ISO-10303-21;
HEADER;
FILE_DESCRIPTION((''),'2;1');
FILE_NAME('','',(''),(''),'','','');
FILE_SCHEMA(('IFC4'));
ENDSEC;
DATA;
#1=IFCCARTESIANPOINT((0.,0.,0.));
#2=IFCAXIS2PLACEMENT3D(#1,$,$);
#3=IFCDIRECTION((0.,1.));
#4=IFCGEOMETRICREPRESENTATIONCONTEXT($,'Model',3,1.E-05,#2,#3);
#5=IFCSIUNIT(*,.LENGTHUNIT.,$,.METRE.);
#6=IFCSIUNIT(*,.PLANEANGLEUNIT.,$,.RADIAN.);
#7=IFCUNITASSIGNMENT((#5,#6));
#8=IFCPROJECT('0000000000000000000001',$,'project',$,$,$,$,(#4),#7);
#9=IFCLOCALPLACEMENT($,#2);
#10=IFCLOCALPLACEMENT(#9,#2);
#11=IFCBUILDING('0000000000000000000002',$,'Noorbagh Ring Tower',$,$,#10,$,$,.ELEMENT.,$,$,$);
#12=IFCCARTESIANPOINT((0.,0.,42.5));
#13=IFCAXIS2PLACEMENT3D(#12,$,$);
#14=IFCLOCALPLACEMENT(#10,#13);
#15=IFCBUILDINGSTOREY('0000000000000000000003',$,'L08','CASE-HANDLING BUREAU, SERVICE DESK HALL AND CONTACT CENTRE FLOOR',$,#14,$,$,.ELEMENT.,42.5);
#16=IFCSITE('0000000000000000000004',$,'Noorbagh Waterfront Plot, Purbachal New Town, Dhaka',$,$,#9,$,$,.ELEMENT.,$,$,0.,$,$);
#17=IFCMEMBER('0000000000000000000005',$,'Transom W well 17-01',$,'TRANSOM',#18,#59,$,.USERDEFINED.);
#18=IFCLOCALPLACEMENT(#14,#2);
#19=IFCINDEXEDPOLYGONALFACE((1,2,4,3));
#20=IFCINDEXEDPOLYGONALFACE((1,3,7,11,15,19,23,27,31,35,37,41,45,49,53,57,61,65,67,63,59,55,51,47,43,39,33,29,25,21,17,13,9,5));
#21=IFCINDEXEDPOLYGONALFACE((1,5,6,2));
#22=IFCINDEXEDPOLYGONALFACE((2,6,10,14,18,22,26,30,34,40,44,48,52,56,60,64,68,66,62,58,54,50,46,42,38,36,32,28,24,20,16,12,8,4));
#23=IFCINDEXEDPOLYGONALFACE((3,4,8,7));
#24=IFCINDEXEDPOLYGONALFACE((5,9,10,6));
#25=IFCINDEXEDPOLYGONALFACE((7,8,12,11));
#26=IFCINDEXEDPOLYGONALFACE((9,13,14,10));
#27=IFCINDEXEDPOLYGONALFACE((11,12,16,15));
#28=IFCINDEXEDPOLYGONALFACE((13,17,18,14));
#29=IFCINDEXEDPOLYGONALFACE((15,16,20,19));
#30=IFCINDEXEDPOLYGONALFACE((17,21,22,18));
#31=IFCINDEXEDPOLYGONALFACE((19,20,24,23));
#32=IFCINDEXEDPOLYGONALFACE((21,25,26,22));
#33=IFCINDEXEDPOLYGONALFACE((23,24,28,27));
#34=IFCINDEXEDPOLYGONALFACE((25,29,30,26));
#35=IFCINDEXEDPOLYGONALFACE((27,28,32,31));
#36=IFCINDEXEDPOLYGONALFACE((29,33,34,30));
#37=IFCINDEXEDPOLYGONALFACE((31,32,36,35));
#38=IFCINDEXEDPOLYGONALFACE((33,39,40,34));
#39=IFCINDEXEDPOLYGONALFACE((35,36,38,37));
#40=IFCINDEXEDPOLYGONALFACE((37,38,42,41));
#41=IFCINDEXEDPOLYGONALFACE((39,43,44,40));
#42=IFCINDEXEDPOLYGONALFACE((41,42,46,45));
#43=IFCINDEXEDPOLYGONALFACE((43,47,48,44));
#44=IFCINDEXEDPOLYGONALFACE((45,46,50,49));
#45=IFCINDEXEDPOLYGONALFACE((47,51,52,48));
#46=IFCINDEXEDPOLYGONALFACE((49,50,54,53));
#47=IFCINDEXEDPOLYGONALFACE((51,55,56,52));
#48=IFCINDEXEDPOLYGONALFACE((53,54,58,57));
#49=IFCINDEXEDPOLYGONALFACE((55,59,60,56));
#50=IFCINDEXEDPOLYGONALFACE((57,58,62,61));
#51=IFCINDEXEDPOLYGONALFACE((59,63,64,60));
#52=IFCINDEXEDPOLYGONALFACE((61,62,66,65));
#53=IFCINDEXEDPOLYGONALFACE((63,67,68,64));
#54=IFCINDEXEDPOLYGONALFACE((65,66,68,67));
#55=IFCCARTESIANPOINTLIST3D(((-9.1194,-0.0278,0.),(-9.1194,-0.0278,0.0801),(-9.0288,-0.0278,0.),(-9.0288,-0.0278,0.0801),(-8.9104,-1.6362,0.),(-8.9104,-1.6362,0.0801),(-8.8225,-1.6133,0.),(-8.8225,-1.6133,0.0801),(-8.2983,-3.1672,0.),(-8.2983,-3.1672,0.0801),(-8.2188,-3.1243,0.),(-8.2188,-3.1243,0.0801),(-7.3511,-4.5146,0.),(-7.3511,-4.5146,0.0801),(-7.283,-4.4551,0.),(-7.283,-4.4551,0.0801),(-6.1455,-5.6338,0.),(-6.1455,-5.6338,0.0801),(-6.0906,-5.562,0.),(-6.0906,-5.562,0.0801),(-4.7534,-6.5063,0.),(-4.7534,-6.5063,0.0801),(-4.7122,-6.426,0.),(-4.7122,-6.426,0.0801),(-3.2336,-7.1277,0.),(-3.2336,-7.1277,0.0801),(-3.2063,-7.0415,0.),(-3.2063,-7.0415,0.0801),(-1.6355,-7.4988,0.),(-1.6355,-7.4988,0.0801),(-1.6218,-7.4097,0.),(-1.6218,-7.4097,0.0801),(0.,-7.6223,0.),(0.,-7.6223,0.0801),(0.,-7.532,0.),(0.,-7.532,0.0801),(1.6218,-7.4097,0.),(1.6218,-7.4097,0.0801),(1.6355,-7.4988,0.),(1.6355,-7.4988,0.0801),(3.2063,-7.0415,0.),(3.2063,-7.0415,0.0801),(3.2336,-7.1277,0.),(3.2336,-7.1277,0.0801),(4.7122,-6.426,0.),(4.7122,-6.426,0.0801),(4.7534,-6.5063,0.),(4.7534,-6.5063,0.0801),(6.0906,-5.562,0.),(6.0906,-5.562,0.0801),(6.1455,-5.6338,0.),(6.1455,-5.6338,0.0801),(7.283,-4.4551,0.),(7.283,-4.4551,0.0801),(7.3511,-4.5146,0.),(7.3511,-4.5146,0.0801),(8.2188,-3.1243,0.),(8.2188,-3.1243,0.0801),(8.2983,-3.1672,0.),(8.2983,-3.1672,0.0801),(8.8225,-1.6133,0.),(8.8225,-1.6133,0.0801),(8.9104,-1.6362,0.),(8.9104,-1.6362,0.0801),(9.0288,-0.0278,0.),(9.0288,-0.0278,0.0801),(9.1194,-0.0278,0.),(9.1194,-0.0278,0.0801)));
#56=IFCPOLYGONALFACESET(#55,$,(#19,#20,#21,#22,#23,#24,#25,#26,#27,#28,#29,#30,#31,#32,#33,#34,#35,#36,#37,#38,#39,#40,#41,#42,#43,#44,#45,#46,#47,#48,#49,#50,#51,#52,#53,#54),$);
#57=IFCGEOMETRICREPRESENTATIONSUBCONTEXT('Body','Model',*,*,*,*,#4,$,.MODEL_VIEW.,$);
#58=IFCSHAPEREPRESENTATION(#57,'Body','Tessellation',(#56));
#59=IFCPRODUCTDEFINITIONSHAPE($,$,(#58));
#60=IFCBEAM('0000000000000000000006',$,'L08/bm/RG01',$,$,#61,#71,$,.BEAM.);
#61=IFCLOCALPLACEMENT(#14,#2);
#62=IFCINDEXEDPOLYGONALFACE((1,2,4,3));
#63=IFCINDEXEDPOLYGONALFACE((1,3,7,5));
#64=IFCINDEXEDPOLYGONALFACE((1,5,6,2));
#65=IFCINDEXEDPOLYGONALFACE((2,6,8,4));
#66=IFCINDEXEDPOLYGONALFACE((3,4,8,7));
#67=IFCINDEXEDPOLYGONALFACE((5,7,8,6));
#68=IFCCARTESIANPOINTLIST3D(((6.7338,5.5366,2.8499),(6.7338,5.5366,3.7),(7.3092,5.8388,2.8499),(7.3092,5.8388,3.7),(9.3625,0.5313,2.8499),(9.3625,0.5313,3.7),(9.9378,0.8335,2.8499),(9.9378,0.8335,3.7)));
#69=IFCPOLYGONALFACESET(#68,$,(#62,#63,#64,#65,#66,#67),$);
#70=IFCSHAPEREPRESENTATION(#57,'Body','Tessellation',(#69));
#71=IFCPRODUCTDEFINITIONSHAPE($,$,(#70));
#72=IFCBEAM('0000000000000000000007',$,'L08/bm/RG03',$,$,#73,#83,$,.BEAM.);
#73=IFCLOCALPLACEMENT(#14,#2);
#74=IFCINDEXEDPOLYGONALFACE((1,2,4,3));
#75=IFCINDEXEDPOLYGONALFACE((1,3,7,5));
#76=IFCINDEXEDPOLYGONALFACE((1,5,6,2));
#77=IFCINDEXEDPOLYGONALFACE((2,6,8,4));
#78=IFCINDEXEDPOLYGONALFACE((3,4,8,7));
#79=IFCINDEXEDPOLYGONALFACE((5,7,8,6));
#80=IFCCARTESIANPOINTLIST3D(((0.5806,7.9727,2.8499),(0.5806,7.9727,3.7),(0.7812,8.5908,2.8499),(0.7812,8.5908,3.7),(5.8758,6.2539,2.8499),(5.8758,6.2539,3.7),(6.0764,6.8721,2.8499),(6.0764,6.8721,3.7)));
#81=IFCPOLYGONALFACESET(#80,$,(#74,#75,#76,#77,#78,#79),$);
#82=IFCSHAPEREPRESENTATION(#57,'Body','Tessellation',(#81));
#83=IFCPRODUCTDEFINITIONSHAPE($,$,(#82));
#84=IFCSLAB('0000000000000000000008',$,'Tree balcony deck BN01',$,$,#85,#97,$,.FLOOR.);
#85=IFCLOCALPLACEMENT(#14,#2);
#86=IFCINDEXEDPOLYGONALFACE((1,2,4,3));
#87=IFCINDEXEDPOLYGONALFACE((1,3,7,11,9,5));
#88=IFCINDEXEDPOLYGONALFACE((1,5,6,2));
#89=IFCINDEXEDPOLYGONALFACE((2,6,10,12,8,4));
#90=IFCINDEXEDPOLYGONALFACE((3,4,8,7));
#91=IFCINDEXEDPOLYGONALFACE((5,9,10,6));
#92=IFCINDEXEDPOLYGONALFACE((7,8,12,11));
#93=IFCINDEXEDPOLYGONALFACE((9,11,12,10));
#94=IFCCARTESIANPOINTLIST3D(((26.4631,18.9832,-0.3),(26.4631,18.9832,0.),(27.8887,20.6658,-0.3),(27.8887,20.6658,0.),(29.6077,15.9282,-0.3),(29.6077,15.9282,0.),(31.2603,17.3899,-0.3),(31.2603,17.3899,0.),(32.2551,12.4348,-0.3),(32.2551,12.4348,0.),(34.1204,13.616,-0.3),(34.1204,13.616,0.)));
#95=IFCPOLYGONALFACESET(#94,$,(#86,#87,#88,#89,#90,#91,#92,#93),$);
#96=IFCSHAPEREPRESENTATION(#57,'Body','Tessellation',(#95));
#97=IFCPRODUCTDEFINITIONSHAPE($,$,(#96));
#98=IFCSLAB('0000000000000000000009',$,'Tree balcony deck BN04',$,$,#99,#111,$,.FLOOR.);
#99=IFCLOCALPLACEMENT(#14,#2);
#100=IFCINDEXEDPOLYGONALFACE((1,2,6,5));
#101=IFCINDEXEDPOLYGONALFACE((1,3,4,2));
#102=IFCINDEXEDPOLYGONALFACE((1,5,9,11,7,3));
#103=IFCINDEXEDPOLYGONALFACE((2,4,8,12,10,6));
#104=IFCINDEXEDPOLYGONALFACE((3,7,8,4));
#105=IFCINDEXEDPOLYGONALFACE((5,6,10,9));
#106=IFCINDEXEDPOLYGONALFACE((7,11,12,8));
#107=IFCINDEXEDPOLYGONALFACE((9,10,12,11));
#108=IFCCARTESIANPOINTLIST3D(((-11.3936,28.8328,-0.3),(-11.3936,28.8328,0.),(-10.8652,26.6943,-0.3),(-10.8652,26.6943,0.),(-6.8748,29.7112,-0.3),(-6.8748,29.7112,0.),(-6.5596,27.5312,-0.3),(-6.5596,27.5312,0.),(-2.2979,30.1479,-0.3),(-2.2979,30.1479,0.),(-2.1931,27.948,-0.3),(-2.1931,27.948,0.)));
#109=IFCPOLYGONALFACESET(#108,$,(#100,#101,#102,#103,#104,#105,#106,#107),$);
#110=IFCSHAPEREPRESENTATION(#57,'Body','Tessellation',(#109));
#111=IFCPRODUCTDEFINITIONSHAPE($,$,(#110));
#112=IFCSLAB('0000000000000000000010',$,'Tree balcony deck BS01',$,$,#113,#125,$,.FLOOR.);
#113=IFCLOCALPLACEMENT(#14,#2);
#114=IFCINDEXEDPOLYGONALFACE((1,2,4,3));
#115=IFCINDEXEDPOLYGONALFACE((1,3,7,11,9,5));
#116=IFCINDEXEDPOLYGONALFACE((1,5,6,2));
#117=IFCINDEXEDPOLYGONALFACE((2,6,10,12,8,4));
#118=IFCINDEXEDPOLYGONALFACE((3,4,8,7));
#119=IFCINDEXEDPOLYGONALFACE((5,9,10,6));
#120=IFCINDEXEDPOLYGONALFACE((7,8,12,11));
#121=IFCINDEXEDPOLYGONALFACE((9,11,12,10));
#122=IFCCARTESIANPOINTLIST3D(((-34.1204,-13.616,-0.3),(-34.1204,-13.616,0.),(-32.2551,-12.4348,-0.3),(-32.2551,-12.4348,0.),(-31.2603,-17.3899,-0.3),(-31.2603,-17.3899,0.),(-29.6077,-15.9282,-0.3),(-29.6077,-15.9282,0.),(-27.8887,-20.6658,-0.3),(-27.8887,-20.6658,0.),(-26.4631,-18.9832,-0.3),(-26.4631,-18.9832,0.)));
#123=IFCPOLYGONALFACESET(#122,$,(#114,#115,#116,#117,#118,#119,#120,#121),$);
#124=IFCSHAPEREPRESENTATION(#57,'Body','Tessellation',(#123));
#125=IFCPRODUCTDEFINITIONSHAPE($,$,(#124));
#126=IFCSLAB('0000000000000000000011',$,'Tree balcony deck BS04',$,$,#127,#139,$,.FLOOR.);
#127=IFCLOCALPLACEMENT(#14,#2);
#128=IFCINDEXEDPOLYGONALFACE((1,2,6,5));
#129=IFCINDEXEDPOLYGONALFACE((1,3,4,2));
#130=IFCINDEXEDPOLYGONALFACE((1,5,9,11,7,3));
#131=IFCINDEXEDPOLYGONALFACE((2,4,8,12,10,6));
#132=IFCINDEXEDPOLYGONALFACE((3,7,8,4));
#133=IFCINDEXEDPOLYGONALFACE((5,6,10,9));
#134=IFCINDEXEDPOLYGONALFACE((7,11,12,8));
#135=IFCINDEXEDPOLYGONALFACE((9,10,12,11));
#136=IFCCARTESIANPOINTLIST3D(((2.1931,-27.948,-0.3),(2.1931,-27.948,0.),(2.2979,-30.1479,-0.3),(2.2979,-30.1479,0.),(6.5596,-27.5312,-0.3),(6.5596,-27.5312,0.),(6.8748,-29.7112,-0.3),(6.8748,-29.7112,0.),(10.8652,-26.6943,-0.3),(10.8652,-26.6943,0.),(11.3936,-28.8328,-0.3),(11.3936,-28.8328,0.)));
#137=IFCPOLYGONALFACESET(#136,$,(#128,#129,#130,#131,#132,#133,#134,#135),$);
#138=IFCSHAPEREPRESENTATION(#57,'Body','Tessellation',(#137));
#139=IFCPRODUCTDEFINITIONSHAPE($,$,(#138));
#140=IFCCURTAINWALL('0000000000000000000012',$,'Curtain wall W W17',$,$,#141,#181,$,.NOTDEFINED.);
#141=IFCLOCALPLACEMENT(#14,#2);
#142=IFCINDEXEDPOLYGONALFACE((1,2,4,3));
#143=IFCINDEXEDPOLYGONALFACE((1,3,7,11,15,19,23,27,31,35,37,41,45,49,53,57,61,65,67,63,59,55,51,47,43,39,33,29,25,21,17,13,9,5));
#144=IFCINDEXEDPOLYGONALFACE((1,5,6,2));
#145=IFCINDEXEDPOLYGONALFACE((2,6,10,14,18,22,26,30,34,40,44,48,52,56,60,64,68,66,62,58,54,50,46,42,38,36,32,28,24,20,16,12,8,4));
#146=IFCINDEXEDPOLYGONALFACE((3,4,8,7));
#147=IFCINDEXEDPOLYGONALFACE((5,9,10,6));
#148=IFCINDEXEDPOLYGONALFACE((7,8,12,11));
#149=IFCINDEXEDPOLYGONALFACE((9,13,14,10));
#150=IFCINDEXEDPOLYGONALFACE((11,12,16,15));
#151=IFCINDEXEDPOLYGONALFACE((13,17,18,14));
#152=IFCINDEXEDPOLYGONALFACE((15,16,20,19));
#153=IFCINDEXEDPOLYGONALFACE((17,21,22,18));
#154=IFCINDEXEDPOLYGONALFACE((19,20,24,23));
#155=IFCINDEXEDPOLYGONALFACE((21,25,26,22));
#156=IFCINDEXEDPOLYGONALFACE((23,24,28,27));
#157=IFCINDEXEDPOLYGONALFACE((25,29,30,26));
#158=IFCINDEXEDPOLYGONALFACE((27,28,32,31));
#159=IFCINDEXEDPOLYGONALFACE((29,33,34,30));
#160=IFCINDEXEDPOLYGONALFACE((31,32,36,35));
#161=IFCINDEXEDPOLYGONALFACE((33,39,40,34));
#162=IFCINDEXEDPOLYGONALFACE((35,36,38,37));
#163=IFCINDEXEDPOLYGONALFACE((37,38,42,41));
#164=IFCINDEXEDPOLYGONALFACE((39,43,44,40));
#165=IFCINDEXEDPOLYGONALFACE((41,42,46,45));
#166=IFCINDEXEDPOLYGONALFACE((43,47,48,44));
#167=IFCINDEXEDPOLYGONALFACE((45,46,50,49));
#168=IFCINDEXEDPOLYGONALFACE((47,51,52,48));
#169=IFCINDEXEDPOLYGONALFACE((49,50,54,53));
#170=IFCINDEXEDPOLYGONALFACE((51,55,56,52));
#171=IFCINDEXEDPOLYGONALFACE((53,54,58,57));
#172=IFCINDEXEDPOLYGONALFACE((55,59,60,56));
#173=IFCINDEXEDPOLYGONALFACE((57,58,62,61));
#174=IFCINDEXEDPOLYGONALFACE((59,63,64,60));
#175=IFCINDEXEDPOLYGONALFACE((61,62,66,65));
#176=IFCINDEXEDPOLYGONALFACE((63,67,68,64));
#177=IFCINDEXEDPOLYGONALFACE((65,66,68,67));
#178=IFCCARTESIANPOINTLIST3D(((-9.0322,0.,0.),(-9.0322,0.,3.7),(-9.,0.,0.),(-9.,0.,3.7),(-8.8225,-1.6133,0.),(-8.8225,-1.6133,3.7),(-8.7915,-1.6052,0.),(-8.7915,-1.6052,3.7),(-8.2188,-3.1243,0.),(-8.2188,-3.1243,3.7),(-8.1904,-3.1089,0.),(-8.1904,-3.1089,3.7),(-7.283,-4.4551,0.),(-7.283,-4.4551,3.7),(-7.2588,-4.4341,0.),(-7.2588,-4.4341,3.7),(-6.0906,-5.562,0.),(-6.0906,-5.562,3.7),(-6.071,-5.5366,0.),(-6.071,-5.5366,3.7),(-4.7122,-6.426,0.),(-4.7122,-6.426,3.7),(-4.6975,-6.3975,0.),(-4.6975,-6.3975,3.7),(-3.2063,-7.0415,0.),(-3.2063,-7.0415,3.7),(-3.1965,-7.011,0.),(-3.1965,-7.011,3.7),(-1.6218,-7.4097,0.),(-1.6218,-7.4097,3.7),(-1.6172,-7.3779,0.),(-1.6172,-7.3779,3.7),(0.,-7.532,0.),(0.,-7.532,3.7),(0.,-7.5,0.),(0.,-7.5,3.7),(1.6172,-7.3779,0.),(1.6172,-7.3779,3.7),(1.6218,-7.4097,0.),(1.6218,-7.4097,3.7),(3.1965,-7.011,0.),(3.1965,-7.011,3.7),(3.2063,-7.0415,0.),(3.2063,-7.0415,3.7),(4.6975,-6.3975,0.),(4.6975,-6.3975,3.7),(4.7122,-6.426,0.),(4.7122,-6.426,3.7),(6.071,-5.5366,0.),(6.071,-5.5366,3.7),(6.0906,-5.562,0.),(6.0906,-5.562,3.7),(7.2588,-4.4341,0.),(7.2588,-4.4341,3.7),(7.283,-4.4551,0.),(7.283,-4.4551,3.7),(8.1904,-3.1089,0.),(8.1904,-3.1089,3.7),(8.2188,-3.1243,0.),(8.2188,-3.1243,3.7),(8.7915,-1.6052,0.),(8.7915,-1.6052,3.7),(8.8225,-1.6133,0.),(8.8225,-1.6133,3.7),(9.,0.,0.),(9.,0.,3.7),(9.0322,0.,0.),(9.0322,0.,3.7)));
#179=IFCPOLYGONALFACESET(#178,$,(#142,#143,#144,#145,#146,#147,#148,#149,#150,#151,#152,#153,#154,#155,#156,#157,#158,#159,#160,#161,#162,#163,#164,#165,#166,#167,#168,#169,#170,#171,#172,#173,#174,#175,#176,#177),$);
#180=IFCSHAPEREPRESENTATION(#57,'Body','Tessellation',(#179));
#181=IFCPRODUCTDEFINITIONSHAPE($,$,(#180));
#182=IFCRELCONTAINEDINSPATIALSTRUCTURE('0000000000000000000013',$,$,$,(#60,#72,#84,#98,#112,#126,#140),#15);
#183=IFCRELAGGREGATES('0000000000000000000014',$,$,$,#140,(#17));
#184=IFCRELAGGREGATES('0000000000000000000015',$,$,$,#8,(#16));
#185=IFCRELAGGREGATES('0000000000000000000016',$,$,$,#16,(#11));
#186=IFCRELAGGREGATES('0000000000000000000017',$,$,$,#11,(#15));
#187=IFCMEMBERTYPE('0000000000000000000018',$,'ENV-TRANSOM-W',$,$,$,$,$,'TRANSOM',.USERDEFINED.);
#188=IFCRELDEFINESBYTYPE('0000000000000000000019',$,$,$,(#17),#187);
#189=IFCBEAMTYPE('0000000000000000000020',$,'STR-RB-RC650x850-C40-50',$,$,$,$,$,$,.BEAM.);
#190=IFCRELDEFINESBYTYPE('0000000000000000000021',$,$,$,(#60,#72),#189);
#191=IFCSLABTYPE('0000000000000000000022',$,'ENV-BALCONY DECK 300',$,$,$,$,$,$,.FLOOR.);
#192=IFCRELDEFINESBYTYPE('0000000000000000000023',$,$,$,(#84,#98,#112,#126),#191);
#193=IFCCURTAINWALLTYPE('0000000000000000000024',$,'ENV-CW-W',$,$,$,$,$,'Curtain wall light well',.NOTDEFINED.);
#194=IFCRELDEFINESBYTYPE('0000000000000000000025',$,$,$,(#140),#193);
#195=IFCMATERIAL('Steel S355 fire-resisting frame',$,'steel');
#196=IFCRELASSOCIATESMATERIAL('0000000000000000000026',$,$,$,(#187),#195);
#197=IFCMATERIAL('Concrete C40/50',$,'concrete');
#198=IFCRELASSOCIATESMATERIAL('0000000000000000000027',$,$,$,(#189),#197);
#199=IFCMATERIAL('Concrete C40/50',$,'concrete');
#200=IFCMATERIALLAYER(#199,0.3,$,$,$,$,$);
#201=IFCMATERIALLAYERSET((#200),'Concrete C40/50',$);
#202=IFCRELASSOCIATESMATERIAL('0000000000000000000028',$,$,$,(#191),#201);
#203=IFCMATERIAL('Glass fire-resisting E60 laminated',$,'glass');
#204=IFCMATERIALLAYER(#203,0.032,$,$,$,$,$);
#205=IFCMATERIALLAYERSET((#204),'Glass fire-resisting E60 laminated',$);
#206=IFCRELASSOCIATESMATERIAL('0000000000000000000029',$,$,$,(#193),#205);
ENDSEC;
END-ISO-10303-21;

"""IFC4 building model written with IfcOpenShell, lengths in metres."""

from ifc_helpers import new_model, si_unit, direction, frame, origin, origin_2d, place, context, subcontext, project, spatial, polyline, rectangle, outline, extrude, material, layer, layer_set, material_profile, profile_set, type_object, element, aggregate, save


model = new_model("IFC4")

# Units and contexts
model_context = context("Model", 3, precision=1e-05, world=origin(), true_north=direction((0.0, 1.0)))
body_context = subcontext(model_context, "Body", "Model", "MODEL_VIEW")
ifc_project = project(units=[si_unit("LENGTHUNIT", "METRE"), si_unit("PLANEANGLEUNIT", "RADIAN")], contexts=[model_context])

# Site, building, storey
site_placement = place(None, origin())
site = spatial("IfcSite", under=ifc_project, at=site_placement, Name="Noorbagh Waterfront Plot, Purbachal New Town, Dhaka", CompositionType="ELEMENT", RefElevation=0.0)
building_placement = place(site_placement, origin())
building = spatial("IfcBuilding", under=site, at=building_placement, Name="Noorbagh Ring Tower", CompositionType="ELEMENT")
storey_placement = place(building_placement, frame((0.0, 0.0, 42.5)))
storey = spatial("IfcBuildingStorey", under=building, at=storey_placement, Name="L08", Description="CASE-HANDLING BUREAU, SERVICE DESK HALL AND CONTACT CENTRE FLOOR", CompositionType="ELEMENT", Elevation=42.5)

# Member
ifc_material_1 = material(Name="Steel S355 fire-resisting frame", Category="steel")
member_type_1 = type_object("IfcMemberType", Name="ENV-TRANSOM-W", ElementType="TRANSOM", PredefinedType="USERDEFINED", material=ifc_material_1)
member_1_placement = place(storey_placement, origin())
member_1 = element("IfcMember", 1, at=member_1_placement, type_object=member_type_1, Name="Transom W well 17-01", ObjectType="TRANSOM", PredefinedType="USERDEFINED", context=body_context, shape_type="SweptSolid", body=[
    extrude(outline(polyline([(-9.1194, -0.0278), (-8.9104, -1.6362), (-8.2983, -3.1672), (-7.3511, -4.5146), (-6.1455, -5.6338), (-4.7534, -6.5063), (-3.2336, -7.1277), (-1.6355, -7.4988), (0.0, -7.6223), (1.6355, -7.4988), (3.2336, -7.1277), (4.7534, -6.5063), (6.1455, -5.6338), (7.3511, -4.5146), (8.2983, -3.1672), (8.9104, -1.6362), (9.1194, -0.0278), (9.0288, -0.0278), (8.8225, -1.6133), (8.2188, -3.1243), (7.283, -4.4551), (6.0906, -5.562), (4.7122, -6.426), (3.2063, -7.0415), (1.6218, -7.4097), (0.0, -7.532), (-1.6218, -7.4097), (-3.2063, -7.0415), (-4.7122, -6.426), (-6.0906, -5.562), (-7.283, -4.4551), (-8.2188, -3.1243), (-8.8225, -1.6133), (-9.0288, -0.0278), (-9.1194, -0.0278)])), origin(), (0.0, 0.0, 1.0), 0.0801),
])

# Beams
ifc_material_2 = material(Name="Concrete C40/50", Category="concrete")
ifc_material_profile_1 = material_profile(ifc_material_2, rectangle(XDim=0.6499, YDim=0.8501, at=origin_2d()), Name="RC650x850")
ifc_profile_set_1 = profile_set([ifc_material_profile_1], Name="Concrete C40/50")
beam_type = type_object("IfcBeamType", Name="STR-RB-RC650x850-C40-50", PredefinedType="BEAM", material=ifc_profile_set_1)
beam_1_placement = place(storey_placement, frame((9.6501, 0.6824, 3.2749), z_axis=(-0.464951, 0.885337, 0.0), x_axis=(-0.885337, -0.464951, 0.0)))
element("IfcBeam", 2, at=beam_1_placement, inside=storey, type_object=beam_type, Name="L08/bm/RG01", PredefinedType="BEAM", context=body_context, shape_type="SweptSolid", body=[
    extrude(rectangle(XDim=0.6499, YDim=0.8501, at=origin_2d()), origin(), (0.0, 0.0, 1.0), 5.6536),
])
beam_2_placement = place(storey_placement, frame((5.9761, 6.563, 3.2749), z_axis=(-0.951149, 0.308732, 0.0), x_axis=(-0.308732, -0.951149, 0.0)))
element("IfcBeam", 3, at=beam_2_placement, inside=storey, type_object=beam_type, Name="L08/bm/RG03", PredefinedType="BEAM", context=body_context, shape_type="SweptSolid", body=[
    extrude(rectangle(XDim=0.6499, YDim=0.8501, at=origin_2d()), origin(), (0.0, 0.0, 1.0), 5.5671),
])

# Slabs
ifc_material_3 = material(Name="Concrete C40/50", Category="concrete")
ifc_layer_1 = layer(ifc_material_3, 0.3)
ifc_layer_set_1 = layer_set([ifc_layer_1], Name="Concrete C40/50")
slab_type = type_object("IfcSlabType", Name="ENV-BALCONY DECK 300", PredefinedType="FLOOR", material=ifc_layer_set_1)
slab_1_placement = place(storey_placement, frame((0.0, 0.0, -0.3)))
element("IfcSlab", 4, at=slab_1_placement, inside=storey, type_object=slab_type, Name="Tree balcony deck BN01", PredefinedType="FLOOR", context=body_context, shape_type="SweptSolid", body=[
    extrude(outline(polyline([(34.1204, 13.616), (31.2603, 17.3899), (27.8887, 20.6658), (26.4631, 18.9832), (29.6077, 15.9282), (32.2551, 12.4348), (34.1204, 13.616)])), origin(), (0.0, 0.0, 1.0), 0.3),
])
slab_2_placement = place(storey_placement, frame((0.0, 0.0, -0.3)))
element("IfcSlab", 5, at=slab_2_placement, inside=storey, type_object=slab_type, Name="Tree balcony deck BN04", PredefinedType="FLOOR", context=body_context, shape_type="SweptSolid", body=[
    extrude(outline(polyline([(-2.2979, 30.1479), (-6.8748, 29.7112), (-11.3936, 28.8328), (-10.8652, 26.6943), (-6.5596, 27.5312), (-2.1931, 27.948), (-2.2979, 30.1479)])), origin(), (0.0, 0.0, 1.0), 0.3),
])
slab_3_placement = place(storey_placement, frame((0.0, 0.0, -0.3)))
element("IfcSlab", 6, at=slab_3_placement, inside=storey, type_object=slab_type, Name="Tree balcony deck BS01", PredefinedType="FLOOR", context=body_context, shape_type="SweptSolid", body=[
    extrude(outline(polyline([(-34.1204, -13.616), (-31.2603, -17.3899), (-27.8887, -20.6658), (-26.4631, -18.9832), (-29.6077, -15.9282), (-32.2551, -12.4348), (-34.1204, -13.616)])), origin(), (0.0, 0.0, 1.0), 0.3),
])
slab_4_placement = place(storey_placement, frame((0.0, 0.0, -0.3)))
element("IfcSlab", 7, at=slab_4_placement, inside=storey, type_object=slab_type, Name="Tree balcony deck BS04", PredefinedType="FLOOR", context=body_context, shape_type="SweptSolid", body=[
    extrude(outline(polyline([(2.2979, -30.1479), (6.8748, -29.7112), (11.3936, -28.8328), (10.8652, -26.6943), (6.5596, -27.5312), (2.1931, -27.948), (2.2979, -30.1479)])), origin(), (0.0, 0.0, 1.0), 0.3),
])

# Curtain wall
ifc_material_4 = material(Name="Glass fire-resisting E60 laminated", Category="glass")
ifc_layer_2 = layer(ifc_material_4, 0.032)
ifc_layer_set_2 = layer_set([ifc_layer_2], Name="Glass fire-resisting E60 laminated")
curtain_wall_type = type_object("IfcCurtainWallType", Name="ENV-CW-W", ElementType="Curtain wall light well", PredefinedType="NOTDEFINED", material=ifc_layer_set_2)
curtain_wall_1_placement = place(storey_placement, origin())
curtain_wall_1 = element("IfcCurtainWall", 8, at=curtain_wall_1_placement, inside=storey, type_object=curtain_wall_type, Name="Curtain wall W W17", PredefinedType="NOTDEFINED", context=body_context, shape_type="SweptSolid", body=[
    extrude(outline(polyline([(-9.0322, 0.0), (-8.8225, -1.6133), (-8.2188, -3.1243), (-7.283, -4.4551), (-6.0906, -5.562), (-4.7122, -6.426), (-3.2063, -7.0415), (-1.6218, -7.4097), (0.0, -7.532), (1.6218, -7.4097), (3.2063, -7.0415), (4.7122, -6.426), (6.0906, -5.562), (7.283, -4.4551), (8.2188, -3.1243), (8.8225, -1.6133), (9.0322, 0.0), (9.0, 0.0), (8.7915, -1.6052), (8.1904, -3.1089), (7.2588, -4.4341), (6.071, -5.5366), (4.6975, -6.3975), (3.1965, -7.011), (1.6172, -7.3779), (0.0, -7.5), (-1.6172, -7.3779), (-3.1965, -7.011), (-4.6975, -6.3975), (-6.071, -5.5366), (-7.2588, -4.4341), (-8.1904, -3.1089), (-8.7915, -1.6052), (-9.0, 0.0), (-9.0322, 0.0)])), origin(), (0.0, 0.0, 1.0), 3.7),
])
aggregate(curtain_wall_1, [member_1])

save(model, "model.ifc")
